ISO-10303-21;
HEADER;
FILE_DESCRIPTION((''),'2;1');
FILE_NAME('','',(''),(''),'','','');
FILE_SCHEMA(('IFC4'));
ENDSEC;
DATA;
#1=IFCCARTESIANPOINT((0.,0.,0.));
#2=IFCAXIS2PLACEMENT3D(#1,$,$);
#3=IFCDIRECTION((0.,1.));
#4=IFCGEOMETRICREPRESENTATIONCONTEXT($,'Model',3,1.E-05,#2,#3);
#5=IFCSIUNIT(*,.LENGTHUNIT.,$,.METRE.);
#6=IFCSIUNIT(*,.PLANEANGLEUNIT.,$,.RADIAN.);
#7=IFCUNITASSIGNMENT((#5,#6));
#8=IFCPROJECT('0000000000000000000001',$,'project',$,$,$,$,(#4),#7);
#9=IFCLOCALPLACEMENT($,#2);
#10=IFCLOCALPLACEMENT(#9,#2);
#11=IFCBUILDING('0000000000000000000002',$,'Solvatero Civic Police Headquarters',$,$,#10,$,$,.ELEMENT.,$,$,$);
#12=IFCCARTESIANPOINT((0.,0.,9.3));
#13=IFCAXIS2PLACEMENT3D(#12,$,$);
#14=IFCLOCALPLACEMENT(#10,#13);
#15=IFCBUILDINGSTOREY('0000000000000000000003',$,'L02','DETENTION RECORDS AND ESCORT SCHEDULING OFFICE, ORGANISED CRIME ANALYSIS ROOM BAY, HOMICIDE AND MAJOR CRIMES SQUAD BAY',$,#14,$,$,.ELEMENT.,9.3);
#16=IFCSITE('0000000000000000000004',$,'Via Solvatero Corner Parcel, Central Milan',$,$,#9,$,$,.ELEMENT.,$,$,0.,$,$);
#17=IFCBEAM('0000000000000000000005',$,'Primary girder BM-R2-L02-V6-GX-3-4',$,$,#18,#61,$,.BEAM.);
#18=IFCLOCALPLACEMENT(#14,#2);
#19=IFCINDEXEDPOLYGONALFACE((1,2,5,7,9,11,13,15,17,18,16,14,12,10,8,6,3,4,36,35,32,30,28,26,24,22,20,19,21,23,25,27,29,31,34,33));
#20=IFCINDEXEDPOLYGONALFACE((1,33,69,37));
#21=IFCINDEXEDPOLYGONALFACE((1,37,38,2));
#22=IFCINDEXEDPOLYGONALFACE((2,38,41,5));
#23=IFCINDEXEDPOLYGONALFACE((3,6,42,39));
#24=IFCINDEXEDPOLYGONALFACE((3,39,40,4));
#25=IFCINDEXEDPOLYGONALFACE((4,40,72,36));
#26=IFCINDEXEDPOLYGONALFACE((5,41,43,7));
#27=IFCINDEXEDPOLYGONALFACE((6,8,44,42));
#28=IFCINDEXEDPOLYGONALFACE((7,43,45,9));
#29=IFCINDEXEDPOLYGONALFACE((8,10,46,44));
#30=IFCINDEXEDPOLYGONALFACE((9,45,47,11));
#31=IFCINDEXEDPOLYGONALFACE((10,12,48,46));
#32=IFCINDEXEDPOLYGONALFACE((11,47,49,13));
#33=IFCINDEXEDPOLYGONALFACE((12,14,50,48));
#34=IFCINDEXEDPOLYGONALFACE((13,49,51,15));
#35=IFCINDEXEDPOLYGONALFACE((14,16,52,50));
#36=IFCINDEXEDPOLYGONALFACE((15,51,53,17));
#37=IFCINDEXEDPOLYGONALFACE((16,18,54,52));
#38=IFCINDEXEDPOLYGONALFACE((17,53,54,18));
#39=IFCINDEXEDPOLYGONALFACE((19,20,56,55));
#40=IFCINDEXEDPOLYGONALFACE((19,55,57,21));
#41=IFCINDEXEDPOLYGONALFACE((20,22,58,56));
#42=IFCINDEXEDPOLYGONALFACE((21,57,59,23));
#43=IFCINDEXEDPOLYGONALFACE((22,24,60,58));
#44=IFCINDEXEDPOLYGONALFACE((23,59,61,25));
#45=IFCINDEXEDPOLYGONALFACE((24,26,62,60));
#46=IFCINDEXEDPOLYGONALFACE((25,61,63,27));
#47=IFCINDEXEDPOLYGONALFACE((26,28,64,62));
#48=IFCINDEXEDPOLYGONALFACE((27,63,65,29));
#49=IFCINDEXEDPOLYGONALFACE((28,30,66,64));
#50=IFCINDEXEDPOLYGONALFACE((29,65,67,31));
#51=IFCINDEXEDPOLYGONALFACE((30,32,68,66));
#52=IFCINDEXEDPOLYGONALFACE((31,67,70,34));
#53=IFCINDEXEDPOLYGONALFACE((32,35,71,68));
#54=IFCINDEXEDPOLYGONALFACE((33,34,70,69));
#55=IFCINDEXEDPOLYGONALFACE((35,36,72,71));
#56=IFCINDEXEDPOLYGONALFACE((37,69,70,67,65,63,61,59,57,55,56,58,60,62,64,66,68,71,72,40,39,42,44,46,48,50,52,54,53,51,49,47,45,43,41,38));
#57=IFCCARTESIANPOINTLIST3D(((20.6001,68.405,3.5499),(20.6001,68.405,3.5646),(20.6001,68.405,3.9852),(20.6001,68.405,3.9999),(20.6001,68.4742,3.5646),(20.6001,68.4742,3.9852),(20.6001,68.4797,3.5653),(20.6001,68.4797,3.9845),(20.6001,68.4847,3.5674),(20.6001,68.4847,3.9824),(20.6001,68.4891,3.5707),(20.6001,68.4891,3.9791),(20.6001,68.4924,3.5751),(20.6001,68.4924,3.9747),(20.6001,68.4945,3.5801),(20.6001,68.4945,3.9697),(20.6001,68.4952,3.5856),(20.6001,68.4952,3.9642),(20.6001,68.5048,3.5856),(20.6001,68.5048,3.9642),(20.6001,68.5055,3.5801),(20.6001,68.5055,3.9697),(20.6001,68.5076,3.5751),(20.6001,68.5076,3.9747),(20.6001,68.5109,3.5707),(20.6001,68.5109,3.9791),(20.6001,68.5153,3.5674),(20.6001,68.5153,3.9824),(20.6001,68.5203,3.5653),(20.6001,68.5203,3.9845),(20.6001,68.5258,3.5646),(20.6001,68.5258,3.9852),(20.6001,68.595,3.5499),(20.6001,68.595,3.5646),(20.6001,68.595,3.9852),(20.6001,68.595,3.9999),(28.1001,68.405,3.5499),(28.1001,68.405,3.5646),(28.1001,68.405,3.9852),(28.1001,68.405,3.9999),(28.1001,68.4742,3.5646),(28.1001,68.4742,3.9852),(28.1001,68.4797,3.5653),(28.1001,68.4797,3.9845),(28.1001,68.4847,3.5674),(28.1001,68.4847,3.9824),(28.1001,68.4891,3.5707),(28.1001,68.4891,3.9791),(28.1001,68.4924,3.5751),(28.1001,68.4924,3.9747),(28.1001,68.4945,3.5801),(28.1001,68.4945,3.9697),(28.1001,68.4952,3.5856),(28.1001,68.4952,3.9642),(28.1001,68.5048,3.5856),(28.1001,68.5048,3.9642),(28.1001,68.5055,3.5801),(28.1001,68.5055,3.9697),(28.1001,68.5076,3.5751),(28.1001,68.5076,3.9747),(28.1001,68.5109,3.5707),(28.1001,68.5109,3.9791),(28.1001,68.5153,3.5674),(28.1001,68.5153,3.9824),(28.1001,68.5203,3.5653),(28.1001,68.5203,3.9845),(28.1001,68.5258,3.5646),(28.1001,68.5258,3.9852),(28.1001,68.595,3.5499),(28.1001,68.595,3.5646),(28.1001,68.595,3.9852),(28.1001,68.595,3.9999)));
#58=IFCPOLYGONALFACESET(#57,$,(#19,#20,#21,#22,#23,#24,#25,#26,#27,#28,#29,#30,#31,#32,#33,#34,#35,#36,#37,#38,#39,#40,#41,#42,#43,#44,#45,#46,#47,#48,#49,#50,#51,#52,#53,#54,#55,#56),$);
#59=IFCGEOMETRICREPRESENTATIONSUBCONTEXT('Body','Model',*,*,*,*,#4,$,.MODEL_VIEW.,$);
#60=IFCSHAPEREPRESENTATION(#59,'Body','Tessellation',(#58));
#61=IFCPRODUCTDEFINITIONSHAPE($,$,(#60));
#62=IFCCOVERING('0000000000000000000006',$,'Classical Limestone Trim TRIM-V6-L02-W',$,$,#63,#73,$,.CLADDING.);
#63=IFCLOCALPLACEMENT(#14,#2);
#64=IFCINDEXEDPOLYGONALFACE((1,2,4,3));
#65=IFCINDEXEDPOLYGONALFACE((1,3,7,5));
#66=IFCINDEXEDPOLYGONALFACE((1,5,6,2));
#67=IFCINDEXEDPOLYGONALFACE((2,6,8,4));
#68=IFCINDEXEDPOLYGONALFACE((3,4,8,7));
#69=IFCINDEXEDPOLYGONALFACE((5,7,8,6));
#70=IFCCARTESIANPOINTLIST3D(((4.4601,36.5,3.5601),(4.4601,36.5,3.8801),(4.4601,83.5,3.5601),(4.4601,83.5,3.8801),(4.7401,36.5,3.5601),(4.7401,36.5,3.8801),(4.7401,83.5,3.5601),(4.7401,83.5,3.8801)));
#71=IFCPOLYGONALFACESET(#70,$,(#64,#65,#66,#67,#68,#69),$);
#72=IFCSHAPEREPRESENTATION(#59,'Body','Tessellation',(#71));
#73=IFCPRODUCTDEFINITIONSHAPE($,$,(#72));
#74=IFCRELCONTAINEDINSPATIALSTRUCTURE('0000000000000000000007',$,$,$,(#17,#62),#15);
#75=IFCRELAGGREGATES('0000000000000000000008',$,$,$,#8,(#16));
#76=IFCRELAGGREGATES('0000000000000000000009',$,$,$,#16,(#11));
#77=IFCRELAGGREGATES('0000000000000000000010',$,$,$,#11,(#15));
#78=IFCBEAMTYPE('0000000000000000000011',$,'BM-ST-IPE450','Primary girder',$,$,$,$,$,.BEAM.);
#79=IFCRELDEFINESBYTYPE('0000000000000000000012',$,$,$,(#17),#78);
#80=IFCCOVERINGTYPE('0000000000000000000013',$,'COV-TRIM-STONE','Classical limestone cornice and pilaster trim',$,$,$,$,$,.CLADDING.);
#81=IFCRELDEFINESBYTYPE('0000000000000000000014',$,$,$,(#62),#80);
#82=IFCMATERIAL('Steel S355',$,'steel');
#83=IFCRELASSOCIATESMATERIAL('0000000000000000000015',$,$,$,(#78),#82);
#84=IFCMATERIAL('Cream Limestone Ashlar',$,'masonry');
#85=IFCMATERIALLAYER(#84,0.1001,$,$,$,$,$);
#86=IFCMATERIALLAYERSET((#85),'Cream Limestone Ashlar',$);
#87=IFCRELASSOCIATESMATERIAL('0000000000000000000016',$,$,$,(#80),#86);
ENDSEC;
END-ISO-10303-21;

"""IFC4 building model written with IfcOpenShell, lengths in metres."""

from ifc_helpers import new_model, si_unit, direction, frame, origin, origin_2d, place, context, subcontext, project, spatial, rectangle, i_section, extrude, material, layer, layer_set, material_profile, profile_set, type_object, element, save


model = new_model("IFC4")

# Units and contexts
model_context = context("Model", 3, precision=1e-05, world=origin(), true_north=direction((0.0, 1.0)))
body_context = subcontext(model_context, "Body", "Model", "MODEL_VIEW")
ifc_project = project(units=[si_unit("LENGTHUNIT", "METRE"), si_unit("PLANEANGLEUNIT", "RADIAN")], contexts=[model_context])

# Site, building, storey
site_placement = place(None, origin())
site = spatial("IfcSite", under=ifc_project, at=site_placement, Name="Via Solvatero Corner Parcel, Central Milan", CompositionType="ELEMENT", RefElevation=0.0)
building_placement = place(site_placement, origin())
building = spatial("IfcBuilding", under=site, at=building_placement, Name="Solvatero Civic Police Headquarters", CompositionType="ELEMENT")
storey_placement = place(building_placement, frame((0.0, 0.0, 9.3)))
storey = spatial("IfcBuildingStorey", under=building, at=storey_placement, Name="L02", Description="DETENTION RECORDS AND ESCORT SCHEDULING OFFICE, ORGANISED CRIME ANALYSIS ROOM BAY, HOMICIDE AND MAJOR CRIMES SQUAD BAY", CompositionType="ELEMENT", Elevation=9.3)

# Shared definitions
ifc_material_1 = material(Name="Steel S355", Category="steel")

# Beam
ifc_material_profile_1 = material_profile(ifc_material_1, i_section(OverallWidth=0.1899, OverallDepth=0.45, WebThickness=0.0095, FlangeThickness=0.0146, FilletRadius=0.021, at=origin_2d()), Name="IPE 450")
ifc_profile_set_1 = profile_set([ifc_material_profile_1], Name="Steel S355")
beam_type_1 = type_object("IfcBeamType", Name="BM-ST-IPE450", Description="Primary girder", PredefinedType="BEAM", material=ifc_profile_set_1)
beam_1_placement = place(storey_placement, frame((20.6001, 68.5, 3.7749), z_axis=(1.0, 0.0, 0.0), x_axis=(0.0, 1.0, 0.0)))
element("IfcBeam", 1, at=beam_1_placement, inside=storey, type_object=beam_type_1, Name="Primary girder BM-R2-L02-V6-GX-3-4", PredefinedType="BEAM", context=body_context, shape_type="SweptSolid", body=[
    extrude(i_section(OverallWidth=0.1899, OverallDepth=0.45, WebThickness=0.0095, FlangeThickness=0.0146, FilletRadius=0.021, at=origin_2d()), origin(), (0.0, 0.0, 1.0), 7.5),
])

# Covering
ifc_material_2 = material(Name="Cream Limestone Ashlar", Category="masonry")
ifc_layer = layer(ifc_material_2, 0.1001)
ifc_layer_set = layer_set([ifc_layer], Name="Cream Limestone Ashlar")
covering_type = type_object("IfcCoveringType", Name="COV-TRIM-STONE", Description="Classical limestone cornice and pilaster trim", PredefinedType="CLADDING", material=ifc_layer_set)
covering_placement = place(storey_placement, frame((4.6001, 60.0, 3.5601), z_axis=(0.0, 0.0, 1.0), x_axis=(1.0, 0.0, 0.0)))
element("IfcCovering", 2, at=covering_placement, inside=storey, type_object=covering_type, Name="Classical Limestone Trim TRIM-V6-L02-W", PredefinedType="CLADDING", context=body_context, shape_type="SweptSolid", body=[
    extrude(rectangle(XDim=0.28, YDim=47.0, at=origin_2d()), origin(), (0.0, 0.0, 1.0), 0.3201),
])

save(model, "model.ifc")
